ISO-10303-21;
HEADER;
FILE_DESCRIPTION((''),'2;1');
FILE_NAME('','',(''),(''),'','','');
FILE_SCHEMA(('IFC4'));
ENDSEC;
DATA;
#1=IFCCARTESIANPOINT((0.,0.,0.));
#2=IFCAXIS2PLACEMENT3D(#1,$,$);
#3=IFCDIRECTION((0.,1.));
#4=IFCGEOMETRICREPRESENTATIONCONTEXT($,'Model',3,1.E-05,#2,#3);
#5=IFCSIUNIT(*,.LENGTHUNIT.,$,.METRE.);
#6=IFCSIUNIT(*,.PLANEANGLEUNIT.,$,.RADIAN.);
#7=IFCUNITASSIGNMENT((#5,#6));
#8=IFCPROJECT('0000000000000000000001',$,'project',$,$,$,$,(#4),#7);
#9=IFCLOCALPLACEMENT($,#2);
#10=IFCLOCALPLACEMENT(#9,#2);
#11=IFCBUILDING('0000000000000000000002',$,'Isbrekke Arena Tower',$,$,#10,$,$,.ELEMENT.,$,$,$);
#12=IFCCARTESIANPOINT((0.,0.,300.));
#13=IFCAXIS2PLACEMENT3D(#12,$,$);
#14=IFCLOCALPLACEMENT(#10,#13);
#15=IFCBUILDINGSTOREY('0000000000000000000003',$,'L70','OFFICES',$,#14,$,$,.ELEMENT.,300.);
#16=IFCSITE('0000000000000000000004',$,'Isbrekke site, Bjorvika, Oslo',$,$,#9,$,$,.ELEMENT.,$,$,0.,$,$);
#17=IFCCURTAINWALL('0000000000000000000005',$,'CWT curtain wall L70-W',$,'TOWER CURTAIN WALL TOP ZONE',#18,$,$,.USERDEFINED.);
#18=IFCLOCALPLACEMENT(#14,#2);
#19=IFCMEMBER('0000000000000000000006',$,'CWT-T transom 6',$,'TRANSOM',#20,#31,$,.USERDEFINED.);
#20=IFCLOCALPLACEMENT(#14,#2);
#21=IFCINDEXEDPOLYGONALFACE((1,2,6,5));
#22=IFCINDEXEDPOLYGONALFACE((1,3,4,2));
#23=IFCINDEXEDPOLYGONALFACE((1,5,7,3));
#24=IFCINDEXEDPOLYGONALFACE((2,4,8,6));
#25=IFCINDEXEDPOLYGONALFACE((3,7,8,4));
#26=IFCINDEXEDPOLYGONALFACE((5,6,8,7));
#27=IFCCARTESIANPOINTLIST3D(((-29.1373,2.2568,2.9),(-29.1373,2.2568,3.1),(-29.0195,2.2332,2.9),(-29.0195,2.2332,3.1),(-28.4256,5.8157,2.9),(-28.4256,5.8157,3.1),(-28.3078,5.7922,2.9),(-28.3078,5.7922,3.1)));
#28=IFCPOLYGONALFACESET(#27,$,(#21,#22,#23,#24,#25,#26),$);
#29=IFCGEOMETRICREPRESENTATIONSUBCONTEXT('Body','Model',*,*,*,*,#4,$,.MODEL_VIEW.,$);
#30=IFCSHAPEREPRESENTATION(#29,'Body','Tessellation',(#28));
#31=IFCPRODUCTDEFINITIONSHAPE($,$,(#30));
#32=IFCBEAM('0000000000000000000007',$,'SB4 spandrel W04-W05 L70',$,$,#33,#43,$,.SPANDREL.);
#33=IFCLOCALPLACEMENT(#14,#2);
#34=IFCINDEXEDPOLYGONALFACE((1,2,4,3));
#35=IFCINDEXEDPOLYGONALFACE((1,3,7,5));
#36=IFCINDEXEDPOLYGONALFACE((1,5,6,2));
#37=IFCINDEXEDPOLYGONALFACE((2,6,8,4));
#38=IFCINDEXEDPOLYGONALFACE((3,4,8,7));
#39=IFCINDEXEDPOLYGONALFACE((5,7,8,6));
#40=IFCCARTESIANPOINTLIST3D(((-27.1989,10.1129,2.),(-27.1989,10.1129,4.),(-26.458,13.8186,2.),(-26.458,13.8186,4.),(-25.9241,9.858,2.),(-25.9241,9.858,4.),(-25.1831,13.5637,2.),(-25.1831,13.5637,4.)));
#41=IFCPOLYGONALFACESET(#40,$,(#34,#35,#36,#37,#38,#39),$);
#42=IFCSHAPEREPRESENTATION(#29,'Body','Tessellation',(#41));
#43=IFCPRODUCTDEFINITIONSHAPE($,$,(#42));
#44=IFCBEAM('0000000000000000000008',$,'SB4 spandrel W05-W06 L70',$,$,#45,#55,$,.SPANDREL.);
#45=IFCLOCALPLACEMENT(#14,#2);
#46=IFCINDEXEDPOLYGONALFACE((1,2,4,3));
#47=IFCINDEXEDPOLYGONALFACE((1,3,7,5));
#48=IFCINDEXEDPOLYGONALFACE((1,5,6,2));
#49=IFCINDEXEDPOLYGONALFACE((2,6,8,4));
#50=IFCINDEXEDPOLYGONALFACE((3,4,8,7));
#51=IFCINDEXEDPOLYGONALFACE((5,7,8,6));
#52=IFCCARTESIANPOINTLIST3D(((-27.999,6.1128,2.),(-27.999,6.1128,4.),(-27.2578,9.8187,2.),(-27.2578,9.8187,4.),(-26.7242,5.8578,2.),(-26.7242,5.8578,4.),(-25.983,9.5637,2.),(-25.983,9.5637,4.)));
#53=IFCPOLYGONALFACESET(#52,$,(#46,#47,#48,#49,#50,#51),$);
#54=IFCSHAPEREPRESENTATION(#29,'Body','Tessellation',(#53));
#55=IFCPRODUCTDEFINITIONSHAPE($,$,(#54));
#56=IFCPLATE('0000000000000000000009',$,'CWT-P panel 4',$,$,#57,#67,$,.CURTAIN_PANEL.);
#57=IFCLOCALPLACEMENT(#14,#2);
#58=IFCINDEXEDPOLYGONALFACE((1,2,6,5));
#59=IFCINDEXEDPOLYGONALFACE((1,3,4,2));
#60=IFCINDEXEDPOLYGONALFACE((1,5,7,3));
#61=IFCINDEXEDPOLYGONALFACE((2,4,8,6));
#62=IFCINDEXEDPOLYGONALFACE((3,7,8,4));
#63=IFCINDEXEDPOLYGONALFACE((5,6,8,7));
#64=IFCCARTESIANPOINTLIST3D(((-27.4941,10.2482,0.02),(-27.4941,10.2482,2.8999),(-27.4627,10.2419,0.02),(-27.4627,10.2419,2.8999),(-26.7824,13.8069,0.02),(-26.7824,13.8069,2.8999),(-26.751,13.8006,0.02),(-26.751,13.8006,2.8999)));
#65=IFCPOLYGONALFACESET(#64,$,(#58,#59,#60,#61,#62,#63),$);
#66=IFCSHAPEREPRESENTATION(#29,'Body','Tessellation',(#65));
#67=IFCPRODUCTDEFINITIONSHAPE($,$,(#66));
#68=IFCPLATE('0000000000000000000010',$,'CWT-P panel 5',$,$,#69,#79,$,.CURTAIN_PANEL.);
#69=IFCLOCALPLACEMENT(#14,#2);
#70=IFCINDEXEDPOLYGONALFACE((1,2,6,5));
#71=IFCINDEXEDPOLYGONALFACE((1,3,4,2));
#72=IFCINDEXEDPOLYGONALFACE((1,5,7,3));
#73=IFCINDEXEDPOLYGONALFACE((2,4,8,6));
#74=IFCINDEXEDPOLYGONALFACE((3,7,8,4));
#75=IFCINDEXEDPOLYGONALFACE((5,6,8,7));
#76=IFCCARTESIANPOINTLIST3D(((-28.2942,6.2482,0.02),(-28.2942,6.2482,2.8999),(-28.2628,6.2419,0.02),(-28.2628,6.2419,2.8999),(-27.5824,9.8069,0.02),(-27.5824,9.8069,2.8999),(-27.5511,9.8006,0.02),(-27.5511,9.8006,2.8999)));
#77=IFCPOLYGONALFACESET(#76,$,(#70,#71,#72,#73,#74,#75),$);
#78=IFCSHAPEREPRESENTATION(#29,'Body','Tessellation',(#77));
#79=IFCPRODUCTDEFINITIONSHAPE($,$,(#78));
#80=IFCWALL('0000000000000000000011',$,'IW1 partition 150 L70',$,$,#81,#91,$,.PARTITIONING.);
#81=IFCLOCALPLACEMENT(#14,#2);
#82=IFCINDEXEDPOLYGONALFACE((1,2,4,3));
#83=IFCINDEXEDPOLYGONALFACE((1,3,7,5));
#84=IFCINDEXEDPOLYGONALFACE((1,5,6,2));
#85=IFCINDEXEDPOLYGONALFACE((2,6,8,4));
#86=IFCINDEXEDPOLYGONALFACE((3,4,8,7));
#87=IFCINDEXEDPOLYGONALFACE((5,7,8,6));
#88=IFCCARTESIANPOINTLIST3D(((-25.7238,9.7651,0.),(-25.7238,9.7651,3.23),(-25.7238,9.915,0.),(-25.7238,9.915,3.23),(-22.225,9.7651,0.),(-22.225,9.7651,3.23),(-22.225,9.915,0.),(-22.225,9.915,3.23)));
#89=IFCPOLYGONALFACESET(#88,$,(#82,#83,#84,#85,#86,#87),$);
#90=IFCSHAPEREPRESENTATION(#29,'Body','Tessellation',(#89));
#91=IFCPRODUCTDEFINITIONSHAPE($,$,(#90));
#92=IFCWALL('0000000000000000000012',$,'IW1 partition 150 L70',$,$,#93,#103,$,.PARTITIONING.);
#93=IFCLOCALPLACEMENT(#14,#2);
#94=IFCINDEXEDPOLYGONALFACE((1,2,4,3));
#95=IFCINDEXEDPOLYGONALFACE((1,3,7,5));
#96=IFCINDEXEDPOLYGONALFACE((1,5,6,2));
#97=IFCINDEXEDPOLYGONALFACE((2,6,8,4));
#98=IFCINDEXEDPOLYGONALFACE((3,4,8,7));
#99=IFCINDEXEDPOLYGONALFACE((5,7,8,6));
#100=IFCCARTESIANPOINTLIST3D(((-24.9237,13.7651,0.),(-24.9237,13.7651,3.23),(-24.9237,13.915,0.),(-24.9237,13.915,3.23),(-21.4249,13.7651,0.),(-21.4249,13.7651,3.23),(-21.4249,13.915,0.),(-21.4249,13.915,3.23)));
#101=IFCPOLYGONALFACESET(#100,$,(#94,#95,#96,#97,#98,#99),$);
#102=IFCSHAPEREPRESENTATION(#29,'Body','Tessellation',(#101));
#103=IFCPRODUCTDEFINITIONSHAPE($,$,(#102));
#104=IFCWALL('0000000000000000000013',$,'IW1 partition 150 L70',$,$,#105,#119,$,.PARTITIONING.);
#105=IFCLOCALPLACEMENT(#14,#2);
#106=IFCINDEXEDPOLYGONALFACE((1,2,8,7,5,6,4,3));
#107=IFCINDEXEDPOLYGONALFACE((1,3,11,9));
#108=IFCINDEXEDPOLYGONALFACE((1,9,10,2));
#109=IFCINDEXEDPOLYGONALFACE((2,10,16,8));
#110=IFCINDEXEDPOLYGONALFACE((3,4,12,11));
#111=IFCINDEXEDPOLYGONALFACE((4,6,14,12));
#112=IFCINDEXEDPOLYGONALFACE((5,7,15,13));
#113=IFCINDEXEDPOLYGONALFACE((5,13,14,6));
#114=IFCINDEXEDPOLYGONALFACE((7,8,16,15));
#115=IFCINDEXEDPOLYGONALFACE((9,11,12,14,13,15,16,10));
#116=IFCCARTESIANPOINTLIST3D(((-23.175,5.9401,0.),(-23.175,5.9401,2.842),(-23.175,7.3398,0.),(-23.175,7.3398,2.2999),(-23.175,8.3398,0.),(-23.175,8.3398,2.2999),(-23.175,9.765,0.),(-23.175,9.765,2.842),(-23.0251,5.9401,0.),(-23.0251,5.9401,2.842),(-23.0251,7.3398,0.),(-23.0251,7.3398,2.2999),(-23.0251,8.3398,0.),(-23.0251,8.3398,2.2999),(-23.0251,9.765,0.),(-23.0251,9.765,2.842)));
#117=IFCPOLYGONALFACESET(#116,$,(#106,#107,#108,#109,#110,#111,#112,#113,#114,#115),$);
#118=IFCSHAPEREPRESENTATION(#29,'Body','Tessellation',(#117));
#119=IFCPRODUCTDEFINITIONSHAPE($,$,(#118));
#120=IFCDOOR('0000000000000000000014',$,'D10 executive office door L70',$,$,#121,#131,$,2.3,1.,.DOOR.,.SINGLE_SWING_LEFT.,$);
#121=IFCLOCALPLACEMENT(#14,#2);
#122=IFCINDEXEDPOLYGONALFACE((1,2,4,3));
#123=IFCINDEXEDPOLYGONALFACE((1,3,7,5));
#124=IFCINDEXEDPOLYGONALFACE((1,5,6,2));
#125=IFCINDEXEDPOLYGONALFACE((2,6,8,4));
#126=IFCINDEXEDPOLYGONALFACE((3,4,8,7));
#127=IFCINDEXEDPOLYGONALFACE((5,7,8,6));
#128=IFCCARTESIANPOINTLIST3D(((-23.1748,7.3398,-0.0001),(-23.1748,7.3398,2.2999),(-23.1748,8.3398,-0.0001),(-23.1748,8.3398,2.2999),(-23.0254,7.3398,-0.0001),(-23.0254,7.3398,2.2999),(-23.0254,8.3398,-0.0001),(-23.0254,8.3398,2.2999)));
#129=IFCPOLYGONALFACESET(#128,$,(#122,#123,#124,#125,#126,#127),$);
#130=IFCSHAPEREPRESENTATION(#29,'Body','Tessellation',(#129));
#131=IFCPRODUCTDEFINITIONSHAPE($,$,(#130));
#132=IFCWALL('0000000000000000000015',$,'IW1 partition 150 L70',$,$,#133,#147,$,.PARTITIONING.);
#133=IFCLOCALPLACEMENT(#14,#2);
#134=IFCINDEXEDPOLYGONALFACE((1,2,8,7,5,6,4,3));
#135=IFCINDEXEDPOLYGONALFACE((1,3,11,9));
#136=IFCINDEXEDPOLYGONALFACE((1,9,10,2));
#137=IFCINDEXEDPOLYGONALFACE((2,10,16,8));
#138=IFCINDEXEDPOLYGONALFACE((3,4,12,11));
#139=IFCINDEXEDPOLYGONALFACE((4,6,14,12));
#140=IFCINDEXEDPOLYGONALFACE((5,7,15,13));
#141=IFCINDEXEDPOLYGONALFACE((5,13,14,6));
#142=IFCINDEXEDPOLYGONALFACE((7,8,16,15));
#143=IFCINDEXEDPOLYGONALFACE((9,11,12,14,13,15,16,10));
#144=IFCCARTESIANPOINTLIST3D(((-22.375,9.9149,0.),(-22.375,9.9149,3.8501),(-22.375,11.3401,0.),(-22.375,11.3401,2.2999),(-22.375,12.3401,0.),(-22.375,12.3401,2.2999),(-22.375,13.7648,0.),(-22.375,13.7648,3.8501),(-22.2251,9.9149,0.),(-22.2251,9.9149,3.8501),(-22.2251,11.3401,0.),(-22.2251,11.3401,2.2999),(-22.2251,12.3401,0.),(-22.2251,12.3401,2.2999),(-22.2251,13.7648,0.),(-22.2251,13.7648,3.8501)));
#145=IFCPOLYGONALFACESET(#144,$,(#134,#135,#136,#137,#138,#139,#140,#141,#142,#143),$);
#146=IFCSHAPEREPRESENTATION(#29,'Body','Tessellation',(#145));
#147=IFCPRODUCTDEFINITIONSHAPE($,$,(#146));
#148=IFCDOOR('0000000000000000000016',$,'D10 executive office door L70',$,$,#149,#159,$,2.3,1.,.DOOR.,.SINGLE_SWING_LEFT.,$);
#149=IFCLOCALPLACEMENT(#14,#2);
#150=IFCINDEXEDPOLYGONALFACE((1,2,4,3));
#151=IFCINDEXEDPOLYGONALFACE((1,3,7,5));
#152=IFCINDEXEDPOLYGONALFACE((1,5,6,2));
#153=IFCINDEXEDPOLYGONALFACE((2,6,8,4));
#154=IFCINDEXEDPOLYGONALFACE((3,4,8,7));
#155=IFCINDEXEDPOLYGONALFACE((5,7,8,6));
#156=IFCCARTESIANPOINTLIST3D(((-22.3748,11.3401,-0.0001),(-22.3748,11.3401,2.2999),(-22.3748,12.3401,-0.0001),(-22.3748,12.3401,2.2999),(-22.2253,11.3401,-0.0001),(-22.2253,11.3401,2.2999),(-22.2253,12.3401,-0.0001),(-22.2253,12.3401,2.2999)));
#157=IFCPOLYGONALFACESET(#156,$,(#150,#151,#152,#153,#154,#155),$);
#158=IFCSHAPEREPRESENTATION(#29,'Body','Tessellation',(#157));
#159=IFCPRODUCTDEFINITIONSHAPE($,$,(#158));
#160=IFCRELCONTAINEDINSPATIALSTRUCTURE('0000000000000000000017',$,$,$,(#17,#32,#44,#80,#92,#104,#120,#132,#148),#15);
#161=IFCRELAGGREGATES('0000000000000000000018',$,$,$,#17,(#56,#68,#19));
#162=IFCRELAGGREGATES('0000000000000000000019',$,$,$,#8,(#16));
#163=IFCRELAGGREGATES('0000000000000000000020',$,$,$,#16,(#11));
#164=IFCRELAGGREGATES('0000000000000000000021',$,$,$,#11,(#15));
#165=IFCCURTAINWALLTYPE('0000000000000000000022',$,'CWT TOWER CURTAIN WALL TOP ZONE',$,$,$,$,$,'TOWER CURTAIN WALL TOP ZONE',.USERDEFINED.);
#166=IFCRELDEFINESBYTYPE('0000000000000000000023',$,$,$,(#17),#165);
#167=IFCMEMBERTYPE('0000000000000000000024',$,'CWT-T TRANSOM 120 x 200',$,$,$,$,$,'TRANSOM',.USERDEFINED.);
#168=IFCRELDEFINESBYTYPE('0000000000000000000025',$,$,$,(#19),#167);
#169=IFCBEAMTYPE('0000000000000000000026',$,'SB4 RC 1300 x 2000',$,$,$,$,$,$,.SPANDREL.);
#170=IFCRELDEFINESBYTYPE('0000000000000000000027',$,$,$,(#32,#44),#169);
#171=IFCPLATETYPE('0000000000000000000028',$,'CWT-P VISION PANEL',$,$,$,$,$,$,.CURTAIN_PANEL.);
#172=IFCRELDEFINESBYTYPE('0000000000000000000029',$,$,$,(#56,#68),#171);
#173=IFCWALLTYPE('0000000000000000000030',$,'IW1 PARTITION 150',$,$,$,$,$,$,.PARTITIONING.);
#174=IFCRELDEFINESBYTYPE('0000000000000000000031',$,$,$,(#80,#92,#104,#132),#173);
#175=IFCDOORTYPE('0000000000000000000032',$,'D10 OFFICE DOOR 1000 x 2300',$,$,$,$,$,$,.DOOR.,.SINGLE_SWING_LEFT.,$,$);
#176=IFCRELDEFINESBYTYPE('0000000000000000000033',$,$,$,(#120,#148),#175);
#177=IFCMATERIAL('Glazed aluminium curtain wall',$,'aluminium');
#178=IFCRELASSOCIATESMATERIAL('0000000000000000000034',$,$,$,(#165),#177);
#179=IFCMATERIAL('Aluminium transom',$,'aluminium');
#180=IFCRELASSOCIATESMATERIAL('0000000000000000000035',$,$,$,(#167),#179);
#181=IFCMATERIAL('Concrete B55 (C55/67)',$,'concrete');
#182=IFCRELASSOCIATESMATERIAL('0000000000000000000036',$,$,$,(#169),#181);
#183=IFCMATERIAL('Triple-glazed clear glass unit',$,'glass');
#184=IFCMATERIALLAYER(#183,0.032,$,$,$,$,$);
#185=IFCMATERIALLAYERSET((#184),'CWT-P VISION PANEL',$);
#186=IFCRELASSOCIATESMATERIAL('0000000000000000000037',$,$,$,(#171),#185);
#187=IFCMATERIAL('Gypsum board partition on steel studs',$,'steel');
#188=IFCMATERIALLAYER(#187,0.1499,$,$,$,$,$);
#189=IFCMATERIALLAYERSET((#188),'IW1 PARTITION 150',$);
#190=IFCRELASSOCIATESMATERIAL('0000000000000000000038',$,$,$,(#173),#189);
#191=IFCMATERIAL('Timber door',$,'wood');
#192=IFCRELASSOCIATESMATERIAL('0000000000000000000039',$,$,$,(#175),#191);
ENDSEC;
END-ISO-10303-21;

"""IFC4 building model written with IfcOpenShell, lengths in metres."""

from ifc_helpers import new_model, si_unit, direction, frame, frame_2d, origin, origin_2d, place, context, subcontext, project, spatial, rectangle, extrude, material, layer, layer_set, material_profile, profile_set, type_object, element, fill, aggregate, save


model = new_model("IFC4")

# Units and contexts
model_context = context("Model", 3, precision=1e-05, world=origin(), true_north=direction((0.0, 1.0)))
body_context = subcontext(model_context, "Body", "Model", "MODEL_VIEW")
ifc_project = project(units=[si_unit("LENGTHUNIT", "METRE"), si_unit("PLANEANGLEUNIT", "RADIAN")], contexts=[model_context])

# Site, building, storey
site_placement = place(None, origin())
site = spatial("IfcSite", under=ifc_project, at=site_placement, Name="Isbrekke site, Bjorvika, Oslo", CompositionType="ELEMENT", RefElevation=0.0)
building_placement = place(site_placement, origin())
building = spatial("IfcBuilding", under=site, at=building_placement, Name="Isbrekke Arena Tower", CompositionType="ELEMENT")
storey_placement = place(building_placement, frame((0.0, 0.0, 300.0)))
storey = spatial("IfcBuildingStorey", under=building, at=storey_placement, Name="L70", Description="OFFICES", CompositionType="ELEMENT", Elevation=300.0)

# Curtain wall, member
ifc_material_1 = material(Name="Glazed aluminium curtain wall", Category="aluminium")
curtain_wall_type = type_object("IfcCurtainWallType", Name="CWT TOWER CURTAIN WALL TOP ZONE", ElementType="TOWER CURTAIN WALL TOP ZONE", PredefinedType="USERDEFINED", material=ifc_material_1)
curtain_wall_placement = place(storey_placement, origin())
curtain_wall = element("IfcCurtainWall", 1, at=curtain_wall_placement, inside=storey, type_object=curtain_wall_type, Name="CWT curtain wall L70-W", ObjectType="TOWER CURTAIN WALL TOP ZONE", PredefinedType="USERDEFINED")
ifc_material_2 = material(Name="Aluminium transom", Category="aluminium")
ifc_material_profile_1 = material_profile(ifc_material_2, rectangle(XDim=0.1201, YDim=0.2, at=origin_2d()), Name="TRANSOM 120X200")
ifc_profile_set_1 = profile_set([ifc_material_profile_1], Name="Aluminium transom")
member_type_1 = type_object("IfcMemberType", Name="CWT-T TRANSOM 120 x 200", ElementType="TRANSOM", PredefinedType="USERDEFINED", material=ifc_profile_set_1)
member_1_placement = place(storey_placement, frame((-28.3667, 5.804, 3.0), z_axis=(-0.19609, -0.980586, 0.0), x_axis=(0.980586, -0.19609, 0.0)))
member_1 = element("IfcMember", 2, at=member_1_placement, type_object=member_type_1, Name="CWT-T transom 6", ObjectType="TRANSOM", PredefinedType="USERDEFINED", context=body_context, shape_type="SweptSolid", body=[
    extrude(rectangle(XDim=0.1201, YDim=0.2, at=origin_2d()), origin(), (0.0, 0.0, 1.0), 3.6294),
])

# Beams
ifc_material_3 = material(Name="Concrete B55 (C55/67)", Category="concrete")
ifc_material_profile_2 = material_profile(ifc_material_3, rectangle(XDim=1.3, YDim=2.0, at=origin_2d()), Name="RC 1300x2000")
ifc_profile_set_2 = profile_set([ifc_material_profile_2], Name="Concrete B55 (C55/67)")
beam_type_1 = type_object("IfcBeamType", Name="SB4 RC 1300 x 2000", PredefinedType="SPANDREL", material=ifc_profile_set_2)
beam_1_placement = place(storey_placement, frame((-25.8206, 13.6912, 3.0), z_axis=(-0.196066, -0.980591, 0.0), x_axis=(0.980591, -0.196066, 0.0)))
element("IfcBeam", 3, at=beam_1_placement, inside=storey, type_object=beam_type_1, Name="SB4 spandrel W04-W05 L70", PredefinedType="SPANDREL", context=body_context, shape_type="SweptSolid", body=[
    extrude(rectangle(XDim=1.3, YDim=2.0, at=origin_2d()), origin(), (0.0, 0.0, 1.0), 3.7791),
])
beam_2_placement = place(storey_placement, frame((-26.6204, 9.6912, 3.0), z_axis=(-0.196129, -0.980578, 0.0), x_axis=(0.980578, -0.196129, 0.0)))
element("IfcBeam", 4, at=beam_2_placement, inside=storey, type_object=beam_type_1, Name="SB4 spandrel W05-W06 L70", PredefinedType="SPANDREL", context=body_context, shape_type="SweptSolid", body=[
    extrude(rectangle(XDim=1.3, YDim=2.0, at=origin_2d()), origin(), (0.0, 0.0, 1.0), 3.7793),
])

# Plates
ifc_material_4 = material(Name="Triple-glazed clear glass unit", Category="glass")
ifc_layer_1 = layer(ifc_material_4, 0.032)
ifc_layer_set_1 = layer_set([ifc_layer_1], Name="CWT-P VISION PANEL")
plate_type = type_object("IfcPlateType", Name="CWT-P VISION PANEL", PredefinedType="CURTAIN_PANEL", material=ifc_layer_set_1)
plate_1_placement = place(storey_placement, frame((-27.1226, 12.0244, 0.02), z_axis=(0.0, 0.0, 1.0), x_axis=(-0.196116, -0.980581, 0.0)))
plate_1 = element("IfcPlate", 5, at=plate_1_placement, type_object=plate_type, Name="CWT-P panel 4", PredefinedType="CURTAIN_PANEL", context=body_context, shape_type="SweptSolid", body=[
    extrude(rectangle(XDim=3.6292, YDim=0.032, at=origin_2d()), origin(), (0.0, 0.0, 1.0), 2.8799),
])
plate_2_placement = place(storey_placement, frame((-27.9226, 8.0244, 0.02), z_axis=(0.0, 0.0, 1.0), x_axis=(-0.196116, -0.980581, 0.0)))
plate_2 = element("IfcPlate", 6, at=plate_2_placement, type_object=plate_type, Name="CWT-P panel 5", PredefinedType="CURTAIN_PANEL", context=body_context, shape_type="SweptSolid", body=[
    extrude(rectangle(XDim=3.6292, YDim=0.032, at=origin_2d()), origin(), (0.0, 0.0, 1.0), 2.8799),
])
aggregate(curtain_wall, [plate_1, plate_2, member_1])

# Walls
ifc_material_5 = material(Name="Gypsum board partition on steel studs", Category="steel")
ifc_layer_2 = layer(ifc_material_5, 0.1499)
ifc_layer_set_2 = layer_set([ifc_layer_2], Name="IW1 PARTITION 150")
wall_type_1 = type_object("IfcWallType", Name="IW1 PARTITION 150", PredefinedType="PARTITIONING", material=ifc_layer_set_2)
for number, where, z_axis, x_axis, name in (
    (7, (-25.7239, 9.8401, 0.0), (0.0, 0.0, 1.0), (1.0, 0.0, 0.0), "IW1 partition 150 L70"),
    (8, (-24.9238, 13.8401, 0.0), (0.0, 0.0, 1.0), (1.0, 0.0, 0.0), "IW1 partition 150 L70"),
):
    element("IfcWall", number, at=place(storey_placement, frame(where, z_axis=z_axis, x_axis=x_axis)), inside=storey, type_object=wall_type_1, Name=name, PredefinedType="PARTITIONING", context=body_context, shape_type="SweptSolid", body=[
        extrude(rectangle(XDim=3.4988, YDim=0.1499, at=frame_2d((1.7495, 0.0))), origin(), (0.0, 0.0, 1.0), 3.23),
    ])

# Walls, openings, doors
wall_1_placement = place(storey_placement, frame((-23.1001, 5.9399, 0.0), z_axis=(0.0, 0.0, 1.0), x_axis=(0.0, 1.0, 0.0)))
wall_1 = element("IfcWall", 9, at=wall_1_placement, inside=storey, type_object=wall_type_1, Name="IW1 partition 150 L70", PredefinedType="PARTITIONING", context=body_context, shape_type="SweptSolid", body=[
    extrude(rectangle(XDim=3.825, YDim=0.1499, at=frame_2d((1.9126, 0.0))), origin(), (0.0, 0.0, 1.0), 2.842),
])
opening_1_placement = place(wall_1_placement, frame((1.3999, 0.0, 0.0)))
opening_1 = element("IfcOpeningElement", 10, at=opening_1_placement, cuts=wall_1, PredefinedType="OPENING", context=body_context, shape_type="SweptSolid", body=[
    extrude(rectangle(XDim=1.0, YDim=2.3, at=frame_2d((0.5, 1.1499))), frame((0.0, 0.0898, 0.0), z_axis=(0.0, -1.0, 0.0), x_axis=(1.0, 0.0, 0.0)), (0.0, 0.0, 1.0), 0.1797),
])
ifc_material_6 = material(Name="Timber door", Category="wood")
door_type = type_object("IfcDoorType", Name="D10 OFFICE DOOR 1000 x 2300", OperationType="SINGLE_SWING_LEFT", PredefinedType="DOOR", material=ifc_material_6)
door_1_placement = place(opening_1_placement, origin())
door_1 = element("IfcDoor", 11, at=door_1_placement, inside=storey, type_object=door_type, Name="D10 executive office door L70", OperationType="SINGLE_SWING_LEFT", OverallHeight=2.3, OverallWidth=1.0, PredefinedType="DOOR", context=body_context, shape_type="SweptSolid", body=[
    extrude(rectangle(XDim=1.0, YDim=2.3, at=frame_2d((0.5, 1.1499))), frame((0.0, 0.0747, 0.0), z_axis=(0.0, -1.0, 0.0), x_axis=(1.0, 0.0, 0.0)), (0.0, 0.0, 1.0), 0.1494),
])
fill(opening_1, door_1)
wall_2_placement = place(storey_placement, frame((-22.3, 9.915, 0.0), z_axis=(0.0, 0.0, 1.0), x_axis=(0.0, 1.0, 0.0)))
wall_2 = element("IfcWall", 12, at=wall_2_placement, inside=storey, type_object=wall_type_1, Name="IW1 partition 150 L70", PredefinedType="PARTITIONING", context=body_context, shape_type="SweptSolid", body=[
    extrude(rectangle(XDim=3.8499, YDim=0.1499, at=frame_2d((1.9248, 0.0))), origin(), (0.0, 0.0, 1.0), 3.8501),
])
opening_2_placement = place(wall_2_placement, frame((1.425, 0.0, 0.0)))
opening_2 = element("IfcOpeningElement", 13, at=opening_2_placement, cuts=wall_2, PredefinedType="OPENING", context=body_context, shape_type="SweptSolid", body=[
    extrude(rectangle(XDim=1.0, YDim=2.3, at=frame_2d((0.5, 1.1499))), frame((0.0, 0.0898, 0.0), z_axis=(0.0, -1.0, 0.0), x_axis=(1.0, 0.0, 0.0)), (0.0, 0.0, 1.0), 0.1797),
])
door_2_placement = place(opening_2_placement, origin())
door_2 = element("IfcDoor", 14, at=door_2_placement, inside=storey, type_object=door_type, Name="D10 executive office door L70", OperationType="SINGLE_SWING_LEFT", OverallHeight=2.3, OverallWidth=1.0, PredefinedType="DOOR", context=body_context, shape_type="SweptSolid", body=[
    extrude(rectangle(XDim=1.0, YDim=2.3, at=frame_2d((0.5, 1.1499))), frame((0.0, 0.0747, 0.0), z_axis=(0.0, -1.0, 0.0), x_axis=(1.0, 0.0, 0.0)), (0.0, 0.0, 1.0), 0.1494),
])
fill(opening_2, door_2)

save(model, "model.ifc")
